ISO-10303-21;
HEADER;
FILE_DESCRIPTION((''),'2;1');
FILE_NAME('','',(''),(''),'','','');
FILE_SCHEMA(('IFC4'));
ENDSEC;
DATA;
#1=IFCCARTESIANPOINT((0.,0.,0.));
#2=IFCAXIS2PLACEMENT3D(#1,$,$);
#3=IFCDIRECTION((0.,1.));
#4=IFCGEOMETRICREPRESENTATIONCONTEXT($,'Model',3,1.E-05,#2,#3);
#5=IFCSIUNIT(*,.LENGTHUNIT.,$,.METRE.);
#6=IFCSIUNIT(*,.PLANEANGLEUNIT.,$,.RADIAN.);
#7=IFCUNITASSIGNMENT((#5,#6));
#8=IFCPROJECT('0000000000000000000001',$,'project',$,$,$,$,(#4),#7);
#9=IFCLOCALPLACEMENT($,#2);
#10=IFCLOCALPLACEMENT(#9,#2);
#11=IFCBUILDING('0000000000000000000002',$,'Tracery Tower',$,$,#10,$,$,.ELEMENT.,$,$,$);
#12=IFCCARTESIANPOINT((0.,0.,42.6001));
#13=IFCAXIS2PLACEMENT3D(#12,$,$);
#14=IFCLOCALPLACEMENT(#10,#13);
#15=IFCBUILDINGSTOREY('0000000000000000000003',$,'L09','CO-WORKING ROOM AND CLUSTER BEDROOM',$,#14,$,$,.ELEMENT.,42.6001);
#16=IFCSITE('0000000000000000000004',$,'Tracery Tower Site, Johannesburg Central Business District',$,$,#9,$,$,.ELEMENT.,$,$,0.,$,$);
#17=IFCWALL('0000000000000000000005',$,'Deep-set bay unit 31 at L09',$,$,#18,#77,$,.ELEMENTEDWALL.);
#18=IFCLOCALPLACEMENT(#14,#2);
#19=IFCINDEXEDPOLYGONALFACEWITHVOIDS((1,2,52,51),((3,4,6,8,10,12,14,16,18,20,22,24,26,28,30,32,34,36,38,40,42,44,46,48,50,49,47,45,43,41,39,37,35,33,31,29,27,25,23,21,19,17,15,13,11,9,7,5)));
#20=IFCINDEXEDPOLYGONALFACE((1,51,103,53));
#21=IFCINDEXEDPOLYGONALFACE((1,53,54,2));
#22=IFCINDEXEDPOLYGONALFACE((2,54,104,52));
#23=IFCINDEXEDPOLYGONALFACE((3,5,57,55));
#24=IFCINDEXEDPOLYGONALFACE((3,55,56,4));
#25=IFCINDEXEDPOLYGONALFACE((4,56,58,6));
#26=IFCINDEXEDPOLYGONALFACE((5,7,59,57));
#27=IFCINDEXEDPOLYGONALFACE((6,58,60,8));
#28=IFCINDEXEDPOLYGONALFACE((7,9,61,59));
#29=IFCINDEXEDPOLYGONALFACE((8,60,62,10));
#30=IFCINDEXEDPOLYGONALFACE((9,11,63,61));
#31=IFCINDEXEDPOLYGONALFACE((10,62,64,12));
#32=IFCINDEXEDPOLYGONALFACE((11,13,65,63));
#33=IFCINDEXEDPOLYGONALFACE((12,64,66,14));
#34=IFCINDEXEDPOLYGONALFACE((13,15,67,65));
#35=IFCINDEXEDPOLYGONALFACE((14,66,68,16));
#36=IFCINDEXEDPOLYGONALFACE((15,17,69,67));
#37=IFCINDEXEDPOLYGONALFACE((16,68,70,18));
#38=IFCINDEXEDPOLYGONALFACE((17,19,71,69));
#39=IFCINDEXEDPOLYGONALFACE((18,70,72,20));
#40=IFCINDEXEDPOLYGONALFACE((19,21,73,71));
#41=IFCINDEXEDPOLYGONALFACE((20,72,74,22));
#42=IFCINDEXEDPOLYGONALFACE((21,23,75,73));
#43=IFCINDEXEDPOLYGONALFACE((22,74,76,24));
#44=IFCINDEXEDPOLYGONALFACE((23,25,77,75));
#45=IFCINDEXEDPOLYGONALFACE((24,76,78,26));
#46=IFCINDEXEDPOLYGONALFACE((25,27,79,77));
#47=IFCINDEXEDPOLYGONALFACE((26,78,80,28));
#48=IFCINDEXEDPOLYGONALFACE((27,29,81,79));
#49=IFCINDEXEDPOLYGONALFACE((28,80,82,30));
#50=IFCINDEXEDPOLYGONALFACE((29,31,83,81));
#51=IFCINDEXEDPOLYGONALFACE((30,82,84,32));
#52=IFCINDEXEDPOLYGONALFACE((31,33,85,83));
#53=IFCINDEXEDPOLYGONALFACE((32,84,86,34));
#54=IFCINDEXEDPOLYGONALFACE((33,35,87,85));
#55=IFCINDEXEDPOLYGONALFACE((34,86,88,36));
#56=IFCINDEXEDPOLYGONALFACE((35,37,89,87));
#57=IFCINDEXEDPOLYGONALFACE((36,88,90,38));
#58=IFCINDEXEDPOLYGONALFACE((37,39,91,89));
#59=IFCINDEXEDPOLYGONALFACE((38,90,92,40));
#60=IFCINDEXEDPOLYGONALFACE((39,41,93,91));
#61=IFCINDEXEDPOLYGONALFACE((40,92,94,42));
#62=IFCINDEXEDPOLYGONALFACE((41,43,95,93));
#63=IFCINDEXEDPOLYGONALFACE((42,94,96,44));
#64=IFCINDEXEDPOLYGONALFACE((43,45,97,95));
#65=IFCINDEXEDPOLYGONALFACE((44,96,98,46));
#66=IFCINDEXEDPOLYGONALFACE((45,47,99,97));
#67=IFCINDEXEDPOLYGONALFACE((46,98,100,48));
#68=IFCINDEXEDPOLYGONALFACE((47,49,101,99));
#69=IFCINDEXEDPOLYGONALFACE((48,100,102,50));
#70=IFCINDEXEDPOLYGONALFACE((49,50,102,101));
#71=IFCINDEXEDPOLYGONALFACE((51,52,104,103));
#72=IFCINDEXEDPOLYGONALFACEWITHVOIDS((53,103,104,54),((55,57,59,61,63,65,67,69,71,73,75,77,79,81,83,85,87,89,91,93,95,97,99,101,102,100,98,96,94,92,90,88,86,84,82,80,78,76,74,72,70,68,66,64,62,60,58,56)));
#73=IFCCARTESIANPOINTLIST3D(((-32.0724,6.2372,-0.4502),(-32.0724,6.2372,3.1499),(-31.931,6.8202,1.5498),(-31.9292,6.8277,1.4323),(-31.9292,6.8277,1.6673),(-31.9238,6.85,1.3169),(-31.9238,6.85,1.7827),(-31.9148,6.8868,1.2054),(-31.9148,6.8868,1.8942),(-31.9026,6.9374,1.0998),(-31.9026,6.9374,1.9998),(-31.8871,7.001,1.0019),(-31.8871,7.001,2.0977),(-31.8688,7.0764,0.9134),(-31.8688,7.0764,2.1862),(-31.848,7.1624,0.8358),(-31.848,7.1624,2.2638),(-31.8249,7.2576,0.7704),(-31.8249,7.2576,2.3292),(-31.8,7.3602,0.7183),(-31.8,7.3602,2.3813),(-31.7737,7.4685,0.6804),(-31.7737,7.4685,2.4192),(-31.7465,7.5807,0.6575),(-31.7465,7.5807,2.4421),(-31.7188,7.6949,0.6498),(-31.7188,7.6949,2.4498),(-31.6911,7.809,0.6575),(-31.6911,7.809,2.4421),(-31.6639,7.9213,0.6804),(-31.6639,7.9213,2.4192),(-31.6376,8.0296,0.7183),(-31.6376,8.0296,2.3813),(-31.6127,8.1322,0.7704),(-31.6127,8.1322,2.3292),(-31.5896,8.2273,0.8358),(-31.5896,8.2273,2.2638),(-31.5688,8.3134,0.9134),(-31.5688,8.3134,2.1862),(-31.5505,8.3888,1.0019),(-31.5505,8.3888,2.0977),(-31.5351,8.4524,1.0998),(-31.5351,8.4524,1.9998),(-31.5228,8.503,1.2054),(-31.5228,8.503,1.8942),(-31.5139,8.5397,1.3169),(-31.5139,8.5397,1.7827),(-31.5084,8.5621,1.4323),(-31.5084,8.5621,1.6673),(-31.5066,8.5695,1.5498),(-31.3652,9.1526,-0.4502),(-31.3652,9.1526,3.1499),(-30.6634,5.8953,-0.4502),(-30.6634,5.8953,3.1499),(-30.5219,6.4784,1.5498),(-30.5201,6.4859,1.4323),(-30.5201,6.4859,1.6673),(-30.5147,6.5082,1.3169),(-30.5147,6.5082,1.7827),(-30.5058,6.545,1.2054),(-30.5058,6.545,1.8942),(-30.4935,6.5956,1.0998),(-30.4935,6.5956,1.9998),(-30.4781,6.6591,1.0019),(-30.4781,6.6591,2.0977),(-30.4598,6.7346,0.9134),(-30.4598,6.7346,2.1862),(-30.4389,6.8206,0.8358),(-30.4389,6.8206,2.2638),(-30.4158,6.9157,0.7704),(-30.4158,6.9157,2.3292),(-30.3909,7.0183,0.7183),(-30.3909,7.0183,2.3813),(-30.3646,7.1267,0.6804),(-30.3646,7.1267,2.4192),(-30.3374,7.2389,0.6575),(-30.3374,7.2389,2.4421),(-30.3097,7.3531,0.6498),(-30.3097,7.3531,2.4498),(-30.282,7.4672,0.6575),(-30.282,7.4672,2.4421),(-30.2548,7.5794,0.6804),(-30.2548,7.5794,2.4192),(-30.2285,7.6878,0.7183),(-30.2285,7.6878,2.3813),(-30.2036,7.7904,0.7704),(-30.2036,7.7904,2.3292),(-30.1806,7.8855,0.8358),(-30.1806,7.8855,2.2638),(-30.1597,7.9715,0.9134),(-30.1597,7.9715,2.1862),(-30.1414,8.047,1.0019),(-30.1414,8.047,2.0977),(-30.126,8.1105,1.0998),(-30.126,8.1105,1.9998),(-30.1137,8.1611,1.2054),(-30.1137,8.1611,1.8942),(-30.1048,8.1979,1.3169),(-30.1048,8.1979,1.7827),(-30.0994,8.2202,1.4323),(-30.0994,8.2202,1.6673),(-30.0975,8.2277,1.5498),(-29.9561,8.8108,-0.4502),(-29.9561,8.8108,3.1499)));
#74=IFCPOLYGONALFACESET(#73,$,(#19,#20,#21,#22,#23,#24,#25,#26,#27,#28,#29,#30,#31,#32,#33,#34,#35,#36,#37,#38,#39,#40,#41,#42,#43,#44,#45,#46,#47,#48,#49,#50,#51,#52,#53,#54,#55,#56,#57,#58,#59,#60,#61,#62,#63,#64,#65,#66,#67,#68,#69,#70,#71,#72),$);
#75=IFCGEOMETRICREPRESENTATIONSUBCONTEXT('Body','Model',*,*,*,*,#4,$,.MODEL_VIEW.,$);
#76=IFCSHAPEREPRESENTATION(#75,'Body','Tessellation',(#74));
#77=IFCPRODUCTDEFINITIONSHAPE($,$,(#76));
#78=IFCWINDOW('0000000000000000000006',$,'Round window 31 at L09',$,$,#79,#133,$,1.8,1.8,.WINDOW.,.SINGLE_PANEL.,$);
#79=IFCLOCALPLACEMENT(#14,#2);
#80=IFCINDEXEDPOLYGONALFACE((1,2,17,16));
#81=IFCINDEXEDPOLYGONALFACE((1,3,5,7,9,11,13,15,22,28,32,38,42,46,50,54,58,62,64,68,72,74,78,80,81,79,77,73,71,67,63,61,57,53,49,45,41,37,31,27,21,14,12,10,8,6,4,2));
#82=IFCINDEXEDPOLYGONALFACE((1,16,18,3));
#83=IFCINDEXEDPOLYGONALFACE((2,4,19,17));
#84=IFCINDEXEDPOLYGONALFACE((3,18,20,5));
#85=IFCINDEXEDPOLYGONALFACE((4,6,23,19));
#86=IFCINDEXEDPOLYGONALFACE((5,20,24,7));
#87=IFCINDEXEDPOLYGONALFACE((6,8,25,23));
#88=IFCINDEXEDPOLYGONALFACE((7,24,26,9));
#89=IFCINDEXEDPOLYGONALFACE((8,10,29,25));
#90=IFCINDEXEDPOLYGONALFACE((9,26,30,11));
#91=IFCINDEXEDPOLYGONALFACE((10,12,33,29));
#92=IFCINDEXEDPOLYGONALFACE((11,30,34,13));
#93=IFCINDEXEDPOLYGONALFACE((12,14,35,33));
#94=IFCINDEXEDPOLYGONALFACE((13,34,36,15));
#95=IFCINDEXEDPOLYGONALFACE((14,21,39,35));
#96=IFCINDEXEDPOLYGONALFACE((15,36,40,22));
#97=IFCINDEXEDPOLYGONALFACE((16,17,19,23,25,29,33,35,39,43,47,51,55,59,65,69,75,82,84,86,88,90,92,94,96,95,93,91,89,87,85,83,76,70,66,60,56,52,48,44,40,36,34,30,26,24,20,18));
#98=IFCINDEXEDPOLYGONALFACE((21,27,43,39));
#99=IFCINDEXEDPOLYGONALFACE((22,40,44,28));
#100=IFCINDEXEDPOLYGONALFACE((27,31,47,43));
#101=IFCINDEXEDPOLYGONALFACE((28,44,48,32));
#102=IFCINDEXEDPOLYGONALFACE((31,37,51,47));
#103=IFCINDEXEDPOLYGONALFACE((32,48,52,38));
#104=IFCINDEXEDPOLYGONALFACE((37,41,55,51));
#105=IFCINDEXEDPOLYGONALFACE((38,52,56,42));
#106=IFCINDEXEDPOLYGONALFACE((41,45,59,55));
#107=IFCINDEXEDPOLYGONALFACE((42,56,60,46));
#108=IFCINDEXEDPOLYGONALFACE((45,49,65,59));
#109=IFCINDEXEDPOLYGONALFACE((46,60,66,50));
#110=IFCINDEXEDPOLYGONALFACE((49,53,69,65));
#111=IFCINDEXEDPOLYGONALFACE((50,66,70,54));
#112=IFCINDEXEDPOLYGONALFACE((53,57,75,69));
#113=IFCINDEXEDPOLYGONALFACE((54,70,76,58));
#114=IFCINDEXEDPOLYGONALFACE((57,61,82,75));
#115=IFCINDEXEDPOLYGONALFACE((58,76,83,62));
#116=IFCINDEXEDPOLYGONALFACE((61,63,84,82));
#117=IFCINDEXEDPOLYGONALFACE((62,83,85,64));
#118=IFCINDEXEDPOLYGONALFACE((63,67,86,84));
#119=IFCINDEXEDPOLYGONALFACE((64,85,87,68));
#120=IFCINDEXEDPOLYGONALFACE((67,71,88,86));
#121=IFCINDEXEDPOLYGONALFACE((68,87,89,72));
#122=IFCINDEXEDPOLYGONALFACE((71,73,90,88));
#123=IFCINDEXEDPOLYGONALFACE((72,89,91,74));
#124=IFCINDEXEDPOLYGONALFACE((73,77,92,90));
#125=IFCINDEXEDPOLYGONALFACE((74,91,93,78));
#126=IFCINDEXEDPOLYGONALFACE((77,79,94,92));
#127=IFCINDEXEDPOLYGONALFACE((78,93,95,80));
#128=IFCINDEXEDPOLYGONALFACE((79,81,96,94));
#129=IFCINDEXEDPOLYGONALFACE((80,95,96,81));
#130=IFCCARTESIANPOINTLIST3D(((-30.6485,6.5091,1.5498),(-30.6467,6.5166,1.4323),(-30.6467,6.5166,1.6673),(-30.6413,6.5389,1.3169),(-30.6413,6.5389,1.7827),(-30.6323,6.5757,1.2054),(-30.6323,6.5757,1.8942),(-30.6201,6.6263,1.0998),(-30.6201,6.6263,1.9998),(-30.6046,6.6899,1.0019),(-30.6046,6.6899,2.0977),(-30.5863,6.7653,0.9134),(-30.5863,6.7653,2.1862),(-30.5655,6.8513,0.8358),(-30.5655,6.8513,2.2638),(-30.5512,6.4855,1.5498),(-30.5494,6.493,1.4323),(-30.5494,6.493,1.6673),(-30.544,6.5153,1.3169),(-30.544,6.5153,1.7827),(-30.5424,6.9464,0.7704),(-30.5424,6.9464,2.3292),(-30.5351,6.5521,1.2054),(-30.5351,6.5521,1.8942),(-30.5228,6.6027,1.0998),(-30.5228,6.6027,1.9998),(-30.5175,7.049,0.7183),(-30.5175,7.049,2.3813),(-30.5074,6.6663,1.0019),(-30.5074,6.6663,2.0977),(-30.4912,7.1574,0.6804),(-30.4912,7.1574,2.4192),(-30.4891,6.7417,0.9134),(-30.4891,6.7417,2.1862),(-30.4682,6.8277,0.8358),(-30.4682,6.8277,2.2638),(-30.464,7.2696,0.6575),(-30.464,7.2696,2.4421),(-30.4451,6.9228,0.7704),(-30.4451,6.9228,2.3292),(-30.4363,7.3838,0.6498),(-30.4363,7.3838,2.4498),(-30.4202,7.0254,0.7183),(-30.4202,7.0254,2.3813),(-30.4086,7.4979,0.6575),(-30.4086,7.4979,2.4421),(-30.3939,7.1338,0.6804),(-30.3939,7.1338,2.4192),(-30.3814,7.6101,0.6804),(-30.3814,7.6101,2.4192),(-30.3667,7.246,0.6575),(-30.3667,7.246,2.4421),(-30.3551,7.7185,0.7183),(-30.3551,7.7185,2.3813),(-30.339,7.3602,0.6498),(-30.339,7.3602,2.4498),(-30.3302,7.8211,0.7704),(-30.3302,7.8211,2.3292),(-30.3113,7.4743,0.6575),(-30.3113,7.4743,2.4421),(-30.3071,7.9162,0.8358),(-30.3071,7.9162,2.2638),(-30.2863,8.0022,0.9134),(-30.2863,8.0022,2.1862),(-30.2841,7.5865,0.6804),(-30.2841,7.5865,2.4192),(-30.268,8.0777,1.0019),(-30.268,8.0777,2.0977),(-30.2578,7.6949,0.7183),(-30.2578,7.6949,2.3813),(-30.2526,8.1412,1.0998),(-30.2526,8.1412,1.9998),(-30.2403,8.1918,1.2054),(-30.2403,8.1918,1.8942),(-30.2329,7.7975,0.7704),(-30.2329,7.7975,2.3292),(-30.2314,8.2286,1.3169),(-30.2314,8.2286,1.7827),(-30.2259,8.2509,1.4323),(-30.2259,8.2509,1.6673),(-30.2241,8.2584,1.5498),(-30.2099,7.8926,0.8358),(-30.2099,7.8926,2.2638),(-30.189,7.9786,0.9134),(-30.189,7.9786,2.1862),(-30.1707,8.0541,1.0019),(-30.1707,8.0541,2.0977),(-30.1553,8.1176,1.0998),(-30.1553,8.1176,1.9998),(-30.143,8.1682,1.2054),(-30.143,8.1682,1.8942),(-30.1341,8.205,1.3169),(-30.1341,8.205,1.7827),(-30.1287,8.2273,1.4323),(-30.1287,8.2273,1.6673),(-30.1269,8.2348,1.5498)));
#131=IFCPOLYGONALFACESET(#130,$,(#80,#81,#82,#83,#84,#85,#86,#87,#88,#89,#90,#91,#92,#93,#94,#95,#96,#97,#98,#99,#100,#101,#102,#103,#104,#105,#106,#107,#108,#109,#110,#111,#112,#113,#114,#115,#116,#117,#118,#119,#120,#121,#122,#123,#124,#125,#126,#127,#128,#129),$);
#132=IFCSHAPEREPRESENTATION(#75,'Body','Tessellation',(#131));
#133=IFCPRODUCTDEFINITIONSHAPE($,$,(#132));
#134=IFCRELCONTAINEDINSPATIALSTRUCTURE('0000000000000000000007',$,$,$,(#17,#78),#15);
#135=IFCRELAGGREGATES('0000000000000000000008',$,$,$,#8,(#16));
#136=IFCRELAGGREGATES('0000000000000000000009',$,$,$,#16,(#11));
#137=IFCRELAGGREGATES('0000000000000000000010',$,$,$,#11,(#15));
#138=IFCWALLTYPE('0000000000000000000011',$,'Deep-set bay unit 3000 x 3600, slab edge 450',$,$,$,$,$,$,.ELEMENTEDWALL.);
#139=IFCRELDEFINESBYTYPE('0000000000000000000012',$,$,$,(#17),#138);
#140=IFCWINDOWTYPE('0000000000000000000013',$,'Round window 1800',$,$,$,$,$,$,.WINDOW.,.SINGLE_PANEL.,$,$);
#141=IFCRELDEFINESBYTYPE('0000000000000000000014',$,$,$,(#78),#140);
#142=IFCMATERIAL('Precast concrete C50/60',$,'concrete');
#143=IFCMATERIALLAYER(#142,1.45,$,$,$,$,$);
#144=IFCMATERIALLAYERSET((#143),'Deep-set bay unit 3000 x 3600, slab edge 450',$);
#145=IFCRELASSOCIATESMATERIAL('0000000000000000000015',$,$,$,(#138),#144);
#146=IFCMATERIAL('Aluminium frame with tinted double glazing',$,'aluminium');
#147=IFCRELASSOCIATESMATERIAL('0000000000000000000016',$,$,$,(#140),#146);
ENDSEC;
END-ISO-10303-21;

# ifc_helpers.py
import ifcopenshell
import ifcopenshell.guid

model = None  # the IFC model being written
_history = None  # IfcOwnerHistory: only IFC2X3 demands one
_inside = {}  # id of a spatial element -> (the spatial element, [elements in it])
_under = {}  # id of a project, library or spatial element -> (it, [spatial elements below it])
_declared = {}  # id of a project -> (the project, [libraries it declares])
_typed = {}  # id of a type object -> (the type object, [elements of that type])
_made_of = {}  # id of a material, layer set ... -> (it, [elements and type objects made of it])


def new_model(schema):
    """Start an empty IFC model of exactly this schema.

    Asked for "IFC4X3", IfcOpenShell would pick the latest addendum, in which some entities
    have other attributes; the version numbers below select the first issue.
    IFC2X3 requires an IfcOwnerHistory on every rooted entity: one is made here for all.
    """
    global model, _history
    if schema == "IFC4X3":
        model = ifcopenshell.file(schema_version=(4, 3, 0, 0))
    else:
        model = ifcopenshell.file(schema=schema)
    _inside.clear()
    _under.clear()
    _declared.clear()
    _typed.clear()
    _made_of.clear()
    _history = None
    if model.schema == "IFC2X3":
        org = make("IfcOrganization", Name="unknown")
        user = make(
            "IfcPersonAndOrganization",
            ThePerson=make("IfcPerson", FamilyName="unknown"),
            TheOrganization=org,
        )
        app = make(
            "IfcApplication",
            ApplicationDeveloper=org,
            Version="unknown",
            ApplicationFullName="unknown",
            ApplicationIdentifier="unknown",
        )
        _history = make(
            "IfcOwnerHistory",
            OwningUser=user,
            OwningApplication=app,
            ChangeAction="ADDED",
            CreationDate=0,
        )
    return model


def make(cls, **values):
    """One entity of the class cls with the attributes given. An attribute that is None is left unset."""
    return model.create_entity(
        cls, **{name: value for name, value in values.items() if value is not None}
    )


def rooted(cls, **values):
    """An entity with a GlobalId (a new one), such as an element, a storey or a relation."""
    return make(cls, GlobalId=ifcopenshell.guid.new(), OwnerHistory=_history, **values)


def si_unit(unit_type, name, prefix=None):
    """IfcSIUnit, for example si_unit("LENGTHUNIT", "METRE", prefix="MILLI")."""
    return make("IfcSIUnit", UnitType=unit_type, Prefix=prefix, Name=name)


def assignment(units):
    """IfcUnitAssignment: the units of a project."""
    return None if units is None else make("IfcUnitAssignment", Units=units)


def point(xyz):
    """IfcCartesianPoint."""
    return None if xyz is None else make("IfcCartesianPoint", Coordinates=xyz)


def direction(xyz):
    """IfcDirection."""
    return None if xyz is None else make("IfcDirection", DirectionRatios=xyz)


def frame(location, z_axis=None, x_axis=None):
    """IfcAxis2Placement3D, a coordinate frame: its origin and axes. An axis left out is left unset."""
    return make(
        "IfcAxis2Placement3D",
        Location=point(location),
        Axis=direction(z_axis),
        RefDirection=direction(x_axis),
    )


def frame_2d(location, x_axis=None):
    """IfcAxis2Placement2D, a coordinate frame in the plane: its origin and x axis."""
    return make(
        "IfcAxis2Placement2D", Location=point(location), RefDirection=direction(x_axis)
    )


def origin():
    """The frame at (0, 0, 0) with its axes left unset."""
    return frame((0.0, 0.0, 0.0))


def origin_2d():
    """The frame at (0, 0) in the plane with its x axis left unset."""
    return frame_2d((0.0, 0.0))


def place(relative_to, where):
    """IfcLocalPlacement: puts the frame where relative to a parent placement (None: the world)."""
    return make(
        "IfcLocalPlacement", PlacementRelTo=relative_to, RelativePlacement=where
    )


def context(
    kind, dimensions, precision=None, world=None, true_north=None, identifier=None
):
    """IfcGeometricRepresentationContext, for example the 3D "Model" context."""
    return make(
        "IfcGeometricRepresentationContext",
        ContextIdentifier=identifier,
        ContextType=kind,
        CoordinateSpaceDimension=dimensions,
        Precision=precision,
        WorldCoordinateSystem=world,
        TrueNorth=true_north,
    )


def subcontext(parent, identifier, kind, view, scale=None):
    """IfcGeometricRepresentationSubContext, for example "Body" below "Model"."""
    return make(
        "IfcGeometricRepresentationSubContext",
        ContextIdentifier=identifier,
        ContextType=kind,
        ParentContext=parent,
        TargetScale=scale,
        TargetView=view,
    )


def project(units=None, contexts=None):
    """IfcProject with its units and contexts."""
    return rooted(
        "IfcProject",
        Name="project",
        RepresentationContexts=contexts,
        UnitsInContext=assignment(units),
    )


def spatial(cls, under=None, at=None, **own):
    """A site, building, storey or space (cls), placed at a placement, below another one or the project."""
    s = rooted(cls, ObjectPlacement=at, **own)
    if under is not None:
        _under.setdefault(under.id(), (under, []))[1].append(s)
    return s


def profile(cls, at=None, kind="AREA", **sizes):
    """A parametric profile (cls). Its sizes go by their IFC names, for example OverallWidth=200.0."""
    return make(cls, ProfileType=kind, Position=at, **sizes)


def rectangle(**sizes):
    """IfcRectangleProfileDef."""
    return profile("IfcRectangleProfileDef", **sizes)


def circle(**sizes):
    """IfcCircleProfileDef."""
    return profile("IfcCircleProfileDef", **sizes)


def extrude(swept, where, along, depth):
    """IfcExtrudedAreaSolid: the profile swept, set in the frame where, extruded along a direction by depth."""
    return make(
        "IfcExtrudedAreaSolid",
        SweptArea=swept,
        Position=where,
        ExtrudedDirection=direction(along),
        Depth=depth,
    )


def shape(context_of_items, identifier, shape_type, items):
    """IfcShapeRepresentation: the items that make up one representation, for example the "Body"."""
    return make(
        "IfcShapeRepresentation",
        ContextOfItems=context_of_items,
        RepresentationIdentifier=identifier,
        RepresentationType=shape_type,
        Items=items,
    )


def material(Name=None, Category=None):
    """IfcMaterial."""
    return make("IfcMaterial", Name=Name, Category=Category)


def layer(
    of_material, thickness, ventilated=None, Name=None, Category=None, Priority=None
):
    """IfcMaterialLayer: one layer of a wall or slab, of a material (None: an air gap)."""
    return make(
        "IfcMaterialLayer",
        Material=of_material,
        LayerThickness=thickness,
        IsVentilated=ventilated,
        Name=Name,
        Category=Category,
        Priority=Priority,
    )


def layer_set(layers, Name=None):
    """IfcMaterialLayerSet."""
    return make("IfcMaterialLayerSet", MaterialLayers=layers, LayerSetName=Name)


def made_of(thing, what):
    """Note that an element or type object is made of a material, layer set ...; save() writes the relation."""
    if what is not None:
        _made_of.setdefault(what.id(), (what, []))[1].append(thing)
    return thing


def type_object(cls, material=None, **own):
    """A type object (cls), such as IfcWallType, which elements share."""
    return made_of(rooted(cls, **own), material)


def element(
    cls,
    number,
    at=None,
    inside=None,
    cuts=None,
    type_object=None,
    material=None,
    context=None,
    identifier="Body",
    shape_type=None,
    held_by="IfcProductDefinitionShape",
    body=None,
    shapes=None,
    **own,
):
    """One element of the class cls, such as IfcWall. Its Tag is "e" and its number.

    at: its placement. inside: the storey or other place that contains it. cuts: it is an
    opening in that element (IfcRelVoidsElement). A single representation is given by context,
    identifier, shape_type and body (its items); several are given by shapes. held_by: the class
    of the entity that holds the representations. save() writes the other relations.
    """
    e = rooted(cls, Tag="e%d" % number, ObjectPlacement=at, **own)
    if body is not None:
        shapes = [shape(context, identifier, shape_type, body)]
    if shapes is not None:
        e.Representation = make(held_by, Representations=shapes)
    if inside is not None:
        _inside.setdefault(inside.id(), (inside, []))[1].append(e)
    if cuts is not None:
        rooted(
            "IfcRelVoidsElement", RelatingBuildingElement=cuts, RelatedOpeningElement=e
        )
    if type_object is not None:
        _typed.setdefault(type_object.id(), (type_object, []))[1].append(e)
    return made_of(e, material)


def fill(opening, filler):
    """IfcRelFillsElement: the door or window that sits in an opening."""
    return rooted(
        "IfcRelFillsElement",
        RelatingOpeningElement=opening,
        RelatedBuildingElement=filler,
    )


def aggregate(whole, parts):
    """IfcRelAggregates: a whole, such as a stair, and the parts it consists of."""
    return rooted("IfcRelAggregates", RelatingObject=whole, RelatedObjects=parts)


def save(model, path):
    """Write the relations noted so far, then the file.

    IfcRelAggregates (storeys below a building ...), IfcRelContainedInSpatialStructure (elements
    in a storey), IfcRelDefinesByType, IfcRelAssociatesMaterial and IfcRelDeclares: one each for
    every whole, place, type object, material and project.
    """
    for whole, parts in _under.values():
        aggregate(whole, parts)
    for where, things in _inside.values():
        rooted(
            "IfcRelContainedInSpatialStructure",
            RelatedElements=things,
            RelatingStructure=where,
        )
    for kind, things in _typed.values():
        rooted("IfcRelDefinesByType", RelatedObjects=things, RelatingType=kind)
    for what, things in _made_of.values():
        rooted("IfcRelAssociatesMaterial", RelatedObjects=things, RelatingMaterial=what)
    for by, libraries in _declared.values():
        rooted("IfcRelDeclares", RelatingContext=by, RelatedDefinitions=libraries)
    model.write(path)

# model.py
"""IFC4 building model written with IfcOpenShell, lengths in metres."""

from ifc_helpers import new_model, si_unit, direction, frame, frame_2d, origin, origin_2d, place, context, subcontext, project, spatial, rectangle, circle, extrude, material, layer, layer_set, type_object, element, fill, save


model = new_model("IFC4")

# Units and contexts
model_context = context("Model", 3, precision=1e-05, world=origin(), true_north=direction((0.0, 1.0)))
body_context = subcontext(model_context, "Body", "Model", "MODEL_VIEW")
ifc_project = project(units=[si_unit("LENGTHUNIT", "METRE"), si_unit("PLANEANGLEUNIT", "RADIAN")], contexts=[model_context])

# Site, building, storey
site_placement = place(None, origin())
site = spatial("IfcSite", under=ifc_project, at=site_placement, Name="Tracery Tower Site, Johannesburg Central Business District", CompositionType="ELEMENT", RefElevation=0.0)
building_placement = place(site_placement, origin())
building = spatial("IfcBuilding", under=site, at=building_placement, Name="Tracery Tower", CompositionType="ELEMENT")
storey_placement = place(building_placement, frame((0.0, 0.0, 42.6001)))
storey = spatial("IfcBuildingStorey", under=building, at=storey_placement, Name="L09", Description="CO-WORKING ROOM AND CLUSTER BEDROOM", CompositionType="ELEMENT", Elevation=42.6001)

# Wall, opening, window
ifc_material_1 = material(Name="Precast concrete C50/60", Category="concrete")
ifc_layer_1 = layer(ifc_material_1, 1.45)
ifc_layer_set_1 = layer_set([ifc_layer_1], Name="Deep-set bay unit 3000 x 3600, slab edge 450")
wall_type_1 = type_object("IfcWallType", Name="Deep-set bay unit 3000 x 3600, slab edge 450", PredefinedType="ELEMENTEDWALL", material=ifc_layer_set_1)
wall_1_placement = place(storey_placement, frame((-30.6606, 8.9817, -0.4502), z_axis=(0.0, 0.0, 1.0), x_axis=(-0.235751, -0.971813, 0.0)))
wall_1 = element("IfcWall", 1, at=wall_1_placement, inside=storey, type_object=wall_type_1, Name="Deep-set bay unit 31 at L09", PredefinedType="ELEMENTEDWALL", context=body_context, shape_type="SweptSolid", body=[
    extrude(rectangle(XDim=3.0, YDim=1.45, at=frame_2d((1.5, 0.0))), origin(), (0.0, 0.0, 1.0), 3.6001),
])
opening_1_placement = place(wall_1_placement, frame((1.5, 0.0, 2.0)))
opening_1 = element("IfcOpeningElement", 2, at=opening_1_placement, cuts=wall_1, PredefinedType="OPENING", context=body_context, shape_type="SweptSolid", body=[
    extrude(circle(Radius=0.9, at=origin_2d()), frame((0.0, 0.7349, 0.0), z_axis=(0.0, -1.0, 0.0), x_axis=(1.0, 0.0, 0.0)), (0.0, 0.0, 1.0), 1.47),
])
ifc_material_2 = material(Name="Aluminium frame with tinted double glazing", Category="aluminium")
window_type = type_object("IfcWindowType", Name="Round window 1800", PartitioningType="SINGLE_PANEL", PredefinedType="WINDOW", material=ifc_material_2)
window_1_placement = place(opening_1_placement, origin())
window_1 = element("IfcWindow", 3, at=window_1_placement, inside=storey, type_object=window_type, Name="Round window 31 at L09", OverallHeight=1.8, OverallWidth=1.8, PartitioningType="SINGLE_PANEL", PredefinedType="WINDOW", context=body_context, shape_type="SweptSolid", body=[
    extrude(circle(Radius=0.9, at=origin_2d()), frame((0.0, 0.6948, 0.0), z_axis=(0.0, -1.0, 0.0), x_axis=(1.0, 0.0, 0.0)), (0.0, 0.0, 1.0), 0.1001),
])
fill(opening_1, window_1)

save(model, "model.ifc")
